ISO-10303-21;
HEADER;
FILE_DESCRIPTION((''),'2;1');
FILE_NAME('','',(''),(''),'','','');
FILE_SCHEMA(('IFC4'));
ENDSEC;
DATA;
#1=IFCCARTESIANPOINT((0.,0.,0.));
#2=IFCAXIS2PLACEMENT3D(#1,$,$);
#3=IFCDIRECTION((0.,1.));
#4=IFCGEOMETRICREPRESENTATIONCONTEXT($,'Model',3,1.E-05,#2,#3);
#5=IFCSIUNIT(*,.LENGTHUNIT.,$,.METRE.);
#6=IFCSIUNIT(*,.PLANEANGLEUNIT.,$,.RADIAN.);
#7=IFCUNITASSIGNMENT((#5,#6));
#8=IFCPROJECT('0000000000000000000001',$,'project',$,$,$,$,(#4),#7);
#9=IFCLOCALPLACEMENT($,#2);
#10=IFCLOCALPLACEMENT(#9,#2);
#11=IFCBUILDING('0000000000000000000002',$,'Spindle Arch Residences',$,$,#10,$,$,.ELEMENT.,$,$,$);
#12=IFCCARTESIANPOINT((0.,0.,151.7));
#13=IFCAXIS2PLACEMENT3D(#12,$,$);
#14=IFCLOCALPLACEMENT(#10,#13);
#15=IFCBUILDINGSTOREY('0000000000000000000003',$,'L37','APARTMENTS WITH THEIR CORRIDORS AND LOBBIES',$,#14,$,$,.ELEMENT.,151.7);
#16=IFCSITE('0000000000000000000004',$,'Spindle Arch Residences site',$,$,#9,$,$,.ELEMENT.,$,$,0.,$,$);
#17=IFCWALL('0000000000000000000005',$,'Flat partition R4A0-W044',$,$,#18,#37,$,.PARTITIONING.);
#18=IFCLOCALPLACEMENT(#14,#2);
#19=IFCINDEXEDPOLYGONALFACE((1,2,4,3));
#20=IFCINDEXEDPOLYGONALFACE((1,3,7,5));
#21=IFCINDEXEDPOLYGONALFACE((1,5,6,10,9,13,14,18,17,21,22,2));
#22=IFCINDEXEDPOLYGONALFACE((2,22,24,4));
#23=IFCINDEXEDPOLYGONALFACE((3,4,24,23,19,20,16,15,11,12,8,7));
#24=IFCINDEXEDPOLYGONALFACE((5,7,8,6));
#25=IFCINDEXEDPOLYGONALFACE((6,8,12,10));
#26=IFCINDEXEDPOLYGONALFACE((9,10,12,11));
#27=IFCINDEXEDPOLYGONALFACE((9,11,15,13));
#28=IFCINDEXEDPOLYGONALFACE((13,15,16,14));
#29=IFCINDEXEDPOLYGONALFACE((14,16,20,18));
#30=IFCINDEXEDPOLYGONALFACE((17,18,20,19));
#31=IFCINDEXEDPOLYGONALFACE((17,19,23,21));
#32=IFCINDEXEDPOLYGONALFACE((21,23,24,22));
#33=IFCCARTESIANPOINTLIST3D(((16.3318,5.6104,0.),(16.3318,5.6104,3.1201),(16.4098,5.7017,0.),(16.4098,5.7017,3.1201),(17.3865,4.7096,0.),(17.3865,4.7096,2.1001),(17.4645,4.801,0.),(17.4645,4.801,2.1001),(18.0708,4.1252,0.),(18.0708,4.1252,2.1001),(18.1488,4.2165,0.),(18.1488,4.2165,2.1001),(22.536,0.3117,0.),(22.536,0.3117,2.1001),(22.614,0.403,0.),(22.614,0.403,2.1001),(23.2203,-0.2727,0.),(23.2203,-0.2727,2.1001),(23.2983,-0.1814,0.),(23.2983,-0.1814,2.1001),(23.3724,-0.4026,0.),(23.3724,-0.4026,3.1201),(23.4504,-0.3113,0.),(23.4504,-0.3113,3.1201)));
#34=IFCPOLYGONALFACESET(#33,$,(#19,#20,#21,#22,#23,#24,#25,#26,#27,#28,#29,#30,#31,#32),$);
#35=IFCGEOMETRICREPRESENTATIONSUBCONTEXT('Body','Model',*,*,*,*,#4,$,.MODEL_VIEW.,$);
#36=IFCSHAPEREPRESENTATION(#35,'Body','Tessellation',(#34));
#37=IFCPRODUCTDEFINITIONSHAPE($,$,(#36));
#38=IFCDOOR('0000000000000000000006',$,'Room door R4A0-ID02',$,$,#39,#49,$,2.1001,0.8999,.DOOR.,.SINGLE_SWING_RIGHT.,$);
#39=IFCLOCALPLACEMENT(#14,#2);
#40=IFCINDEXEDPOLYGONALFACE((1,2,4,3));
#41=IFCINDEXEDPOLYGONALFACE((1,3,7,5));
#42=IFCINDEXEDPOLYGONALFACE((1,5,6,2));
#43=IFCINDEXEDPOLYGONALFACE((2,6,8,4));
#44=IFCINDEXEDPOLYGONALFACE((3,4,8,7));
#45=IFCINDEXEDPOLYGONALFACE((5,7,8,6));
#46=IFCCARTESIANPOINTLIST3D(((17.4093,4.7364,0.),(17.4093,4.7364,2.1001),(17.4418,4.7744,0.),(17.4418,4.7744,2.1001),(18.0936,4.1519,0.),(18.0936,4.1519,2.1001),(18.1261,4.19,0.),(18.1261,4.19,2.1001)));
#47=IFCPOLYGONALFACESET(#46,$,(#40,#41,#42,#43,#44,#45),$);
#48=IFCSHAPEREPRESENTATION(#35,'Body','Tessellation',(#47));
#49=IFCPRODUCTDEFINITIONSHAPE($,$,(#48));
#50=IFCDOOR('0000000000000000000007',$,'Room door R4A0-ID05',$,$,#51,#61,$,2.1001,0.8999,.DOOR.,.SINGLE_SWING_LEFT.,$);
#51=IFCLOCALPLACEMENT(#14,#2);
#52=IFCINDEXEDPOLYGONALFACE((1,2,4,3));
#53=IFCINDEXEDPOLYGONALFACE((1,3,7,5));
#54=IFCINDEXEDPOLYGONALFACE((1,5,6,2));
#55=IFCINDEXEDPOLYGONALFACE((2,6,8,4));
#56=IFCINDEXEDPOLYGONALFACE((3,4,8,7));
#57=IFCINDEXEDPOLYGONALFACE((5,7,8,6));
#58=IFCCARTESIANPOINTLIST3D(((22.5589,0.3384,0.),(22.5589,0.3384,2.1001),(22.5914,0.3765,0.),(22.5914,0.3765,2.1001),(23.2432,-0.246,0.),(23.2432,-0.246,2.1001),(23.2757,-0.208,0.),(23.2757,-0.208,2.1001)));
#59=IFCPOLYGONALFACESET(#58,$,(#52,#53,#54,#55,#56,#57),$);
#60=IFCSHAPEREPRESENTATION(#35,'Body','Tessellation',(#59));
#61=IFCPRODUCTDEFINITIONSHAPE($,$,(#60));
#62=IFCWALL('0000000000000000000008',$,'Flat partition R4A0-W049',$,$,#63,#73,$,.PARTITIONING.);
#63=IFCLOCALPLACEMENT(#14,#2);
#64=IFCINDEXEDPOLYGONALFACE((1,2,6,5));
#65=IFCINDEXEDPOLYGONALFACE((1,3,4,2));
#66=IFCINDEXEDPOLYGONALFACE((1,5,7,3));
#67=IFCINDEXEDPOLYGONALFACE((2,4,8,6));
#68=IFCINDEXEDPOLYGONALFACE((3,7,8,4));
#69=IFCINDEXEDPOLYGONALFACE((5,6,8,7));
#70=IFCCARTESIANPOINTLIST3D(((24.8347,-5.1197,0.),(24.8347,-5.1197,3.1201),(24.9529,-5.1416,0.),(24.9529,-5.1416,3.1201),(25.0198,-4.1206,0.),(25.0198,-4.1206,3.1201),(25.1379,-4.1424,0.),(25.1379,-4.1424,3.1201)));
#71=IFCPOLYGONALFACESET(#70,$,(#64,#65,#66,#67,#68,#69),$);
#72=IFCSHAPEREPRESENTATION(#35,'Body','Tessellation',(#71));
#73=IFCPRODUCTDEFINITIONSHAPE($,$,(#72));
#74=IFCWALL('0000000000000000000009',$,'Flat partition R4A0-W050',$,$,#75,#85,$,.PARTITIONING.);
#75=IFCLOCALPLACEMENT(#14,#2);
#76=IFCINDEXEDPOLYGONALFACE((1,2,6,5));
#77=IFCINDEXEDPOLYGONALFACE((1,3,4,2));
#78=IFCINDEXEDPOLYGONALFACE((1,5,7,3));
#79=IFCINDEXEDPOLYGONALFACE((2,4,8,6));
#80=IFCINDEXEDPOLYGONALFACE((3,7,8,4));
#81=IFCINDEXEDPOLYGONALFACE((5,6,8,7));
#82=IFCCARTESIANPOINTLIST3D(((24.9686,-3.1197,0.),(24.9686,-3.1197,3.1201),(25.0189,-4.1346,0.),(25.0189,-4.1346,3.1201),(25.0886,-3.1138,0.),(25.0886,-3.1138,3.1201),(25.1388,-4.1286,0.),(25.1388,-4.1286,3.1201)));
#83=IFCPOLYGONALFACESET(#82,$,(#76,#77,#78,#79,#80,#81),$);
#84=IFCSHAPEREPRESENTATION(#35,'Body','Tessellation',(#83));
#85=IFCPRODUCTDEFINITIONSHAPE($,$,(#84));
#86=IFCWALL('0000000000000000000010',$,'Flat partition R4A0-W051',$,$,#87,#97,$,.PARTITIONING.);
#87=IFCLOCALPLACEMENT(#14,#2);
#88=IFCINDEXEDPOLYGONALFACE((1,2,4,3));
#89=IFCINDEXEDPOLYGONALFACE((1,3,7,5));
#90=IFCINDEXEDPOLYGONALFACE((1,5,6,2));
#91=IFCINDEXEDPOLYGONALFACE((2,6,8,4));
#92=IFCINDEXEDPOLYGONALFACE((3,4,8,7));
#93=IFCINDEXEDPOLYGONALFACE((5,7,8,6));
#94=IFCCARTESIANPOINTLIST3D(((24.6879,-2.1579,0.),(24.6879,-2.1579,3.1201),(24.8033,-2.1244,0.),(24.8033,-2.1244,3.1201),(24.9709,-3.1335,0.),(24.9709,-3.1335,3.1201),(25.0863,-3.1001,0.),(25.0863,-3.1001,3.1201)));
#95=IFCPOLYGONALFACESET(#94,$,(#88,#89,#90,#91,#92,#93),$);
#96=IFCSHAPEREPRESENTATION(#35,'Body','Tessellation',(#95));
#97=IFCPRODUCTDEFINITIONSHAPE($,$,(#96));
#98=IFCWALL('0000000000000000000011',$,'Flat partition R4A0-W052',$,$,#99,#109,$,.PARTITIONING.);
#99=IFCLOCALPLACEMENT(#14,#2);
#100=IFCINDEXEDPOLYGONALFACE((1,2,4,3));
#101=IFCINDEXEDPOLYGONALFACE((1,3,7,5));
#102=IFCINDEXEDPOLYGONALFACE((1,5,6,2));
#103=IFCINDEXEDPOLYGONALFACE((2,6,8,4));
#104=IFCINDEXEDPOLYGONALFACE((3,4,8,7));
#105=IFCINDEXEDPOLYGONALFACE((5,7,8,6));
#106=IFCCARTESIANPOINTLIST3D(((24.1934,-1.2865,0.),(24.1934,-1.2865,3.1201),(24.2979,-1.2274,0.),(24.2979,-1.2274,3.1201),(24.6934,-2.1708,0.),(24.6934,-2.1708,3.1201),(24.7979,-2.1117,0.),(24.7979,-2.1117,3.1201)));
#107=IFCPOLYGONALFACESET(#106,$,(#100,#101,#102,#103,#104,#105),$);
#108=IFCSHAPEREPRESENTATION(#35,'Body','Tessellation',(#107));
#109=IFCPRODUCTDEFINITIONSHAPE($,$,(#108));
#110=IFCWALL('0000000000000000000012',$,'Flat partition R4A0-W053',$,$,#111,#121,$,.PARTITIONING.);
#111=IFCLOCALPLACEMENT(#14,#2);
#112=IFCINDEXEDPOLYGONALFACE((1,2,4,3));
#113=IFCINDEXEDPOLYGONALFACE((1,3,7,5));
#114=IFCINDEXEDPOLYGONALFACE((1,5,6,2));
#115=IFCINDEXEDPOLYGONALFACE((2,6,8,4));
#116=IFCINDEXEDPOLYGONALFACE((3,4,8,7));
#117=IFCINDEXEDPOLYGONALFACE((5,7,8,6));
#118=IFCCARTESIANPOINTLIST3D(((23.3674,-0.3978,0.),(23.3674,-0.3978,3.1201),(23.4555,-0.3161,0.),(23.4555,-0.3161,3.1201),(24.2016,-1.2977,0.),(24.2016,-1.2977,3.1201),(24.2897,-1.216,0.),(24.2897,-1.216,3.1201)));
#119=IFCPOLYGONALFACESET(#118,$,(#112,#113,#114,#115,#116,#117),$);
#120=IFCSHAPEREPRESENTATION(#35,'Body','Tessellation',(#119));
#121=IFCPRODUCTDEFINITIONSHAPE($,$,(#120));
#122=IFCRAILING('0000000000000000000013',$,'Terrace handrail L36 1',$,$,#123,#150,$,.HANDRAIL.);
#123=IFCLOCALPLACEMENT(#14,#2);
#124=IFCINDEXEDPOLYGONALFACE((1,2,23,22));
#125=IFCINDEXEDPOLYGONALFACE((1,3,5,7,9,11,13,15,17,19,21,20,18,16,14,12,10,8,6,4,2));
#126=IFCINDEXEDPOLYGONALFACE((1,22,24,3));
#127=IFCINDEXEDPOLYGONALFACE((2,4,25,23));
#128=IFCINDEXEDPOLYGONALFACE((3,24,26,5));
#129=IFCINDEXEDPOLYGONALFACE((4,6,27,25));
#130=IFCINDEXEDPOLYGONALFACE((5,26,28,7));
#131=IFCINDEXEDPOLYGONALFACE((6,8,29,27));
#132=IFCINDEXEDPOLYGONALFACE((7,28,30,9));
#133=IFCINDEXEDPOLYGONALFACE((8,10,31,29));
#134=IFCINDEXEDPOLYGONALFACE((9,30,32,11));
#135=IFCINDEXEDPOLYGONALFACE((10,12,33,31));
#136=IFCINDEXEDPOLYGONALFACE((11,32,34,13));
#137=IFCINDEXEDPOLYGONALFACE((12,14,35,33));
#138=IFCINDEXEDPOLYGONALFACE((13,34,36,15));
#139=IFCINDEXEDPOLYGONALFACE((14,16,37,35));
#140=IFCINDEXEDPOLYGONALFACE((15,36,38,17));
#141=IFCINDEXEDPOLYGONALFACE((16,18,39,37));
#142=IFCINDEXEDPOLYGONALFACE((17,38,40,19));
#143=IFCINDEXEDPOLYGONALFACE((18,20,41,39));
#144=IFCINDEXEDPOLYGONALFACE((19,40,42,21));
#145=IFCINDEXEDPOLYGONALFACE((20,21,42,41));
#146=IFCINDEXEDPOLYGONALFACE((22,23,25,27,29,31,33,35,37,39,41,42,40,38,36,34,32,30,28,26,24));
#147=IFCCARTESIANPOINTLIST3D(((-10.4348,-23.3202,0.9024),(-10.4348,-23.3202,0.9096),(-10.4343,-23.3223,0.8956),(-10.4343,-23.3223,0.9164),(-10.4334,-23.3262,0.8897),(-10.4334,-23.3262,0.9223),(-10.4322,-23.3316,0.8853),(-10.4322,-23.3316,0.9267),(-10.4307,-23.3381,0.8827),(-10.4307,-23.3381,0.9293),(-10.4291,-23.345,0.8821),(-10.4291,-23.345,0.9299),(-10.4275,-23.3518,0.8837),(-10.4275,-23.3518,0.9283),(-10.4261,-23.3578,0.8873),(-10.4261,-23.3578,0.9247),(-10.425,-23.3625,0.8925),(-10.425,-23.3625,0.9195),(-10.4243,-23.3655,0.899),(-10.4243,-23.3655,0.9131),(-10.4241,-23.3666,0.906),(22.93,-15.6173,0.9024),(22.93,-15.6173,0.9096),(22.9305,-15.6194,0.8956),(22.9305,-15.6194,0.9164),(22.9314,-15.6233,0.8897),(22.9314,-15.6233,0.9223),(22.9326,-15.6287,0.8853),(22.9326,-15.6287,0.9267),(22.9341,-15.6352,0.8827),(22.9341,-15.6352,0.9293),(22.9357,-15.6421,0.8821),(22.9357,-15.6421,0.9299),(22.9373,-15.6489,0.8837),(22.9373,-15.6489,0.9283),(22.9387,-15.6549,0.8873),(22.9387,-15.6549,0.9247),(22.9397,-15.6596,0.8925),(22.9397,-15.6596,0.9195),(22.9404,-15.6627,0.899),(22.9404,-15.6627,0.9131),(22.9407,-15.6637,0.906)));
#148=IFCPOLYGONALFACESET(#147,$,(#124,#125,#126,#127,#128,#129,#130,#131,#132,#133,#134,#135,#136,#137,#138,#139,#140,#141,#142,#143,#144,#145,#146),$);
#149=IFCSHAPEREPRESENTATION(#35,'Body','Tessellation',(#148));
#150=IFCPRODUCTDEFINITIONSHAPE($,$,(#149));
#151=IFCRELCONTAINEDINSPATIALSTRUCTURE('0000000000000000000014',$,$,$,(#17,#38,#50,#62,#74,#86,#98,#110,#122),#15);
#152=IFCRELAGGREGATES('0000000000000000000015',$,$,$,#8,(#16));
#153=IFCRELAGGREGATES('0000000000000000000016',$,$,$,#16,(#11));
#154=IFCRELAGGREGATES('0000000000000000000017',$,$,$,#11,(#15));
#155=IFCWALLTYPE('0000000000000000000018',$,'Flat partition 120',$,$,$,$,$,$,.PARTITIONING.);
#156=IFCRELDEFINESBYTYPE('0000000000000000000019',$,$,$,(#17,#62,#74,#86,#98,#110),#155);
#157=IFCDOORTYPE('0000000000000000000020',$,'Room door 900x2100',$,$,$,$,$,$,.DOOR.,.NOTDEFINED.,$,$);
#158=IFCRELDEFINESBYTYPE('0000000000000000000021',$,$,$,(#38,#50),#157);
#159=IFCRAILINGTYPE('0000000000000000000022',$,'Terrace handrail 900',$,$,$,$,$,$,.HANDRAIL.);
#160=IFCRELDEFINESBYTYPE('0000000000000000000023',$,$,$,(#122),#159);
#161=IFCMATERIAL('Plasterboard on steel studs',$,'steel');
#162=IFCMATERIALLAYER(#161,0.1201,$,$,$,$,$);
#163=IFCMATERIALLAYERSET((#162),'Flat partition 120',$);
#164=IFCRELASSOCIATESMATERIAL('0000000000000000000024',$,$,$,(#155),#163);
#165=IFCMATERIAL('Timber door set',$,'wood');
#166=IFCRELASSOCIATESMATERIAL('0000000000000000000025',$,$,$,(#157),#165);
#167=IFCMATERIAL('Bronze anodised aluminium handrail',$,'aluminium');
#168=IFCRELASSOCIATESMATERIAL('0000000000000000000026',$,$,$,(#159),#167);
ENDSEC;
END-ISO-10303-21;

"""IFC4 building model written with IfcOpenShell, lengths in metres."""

from ifc_helpers import new_model, si_unit, direction, frame, frame_2d, origin, origin_2d, place, context, subcontext, project, spatial, rectangle, circle, extrude, material, layer, layer_set, type_object, element, fill, save


model = new_model("IFC4")

# Units and contexts
model_context = context("Model", 3, precision=1e-05, world=origin(), true_north=direction((0.0, 1.0)))
body_context = subcontext(model_context, "Body", "Model", "MODEL_VIEW")
ifc_project = project(units=[si_unit("LENGTHUNIT", "METRE"), si_unit("PLANEANGLEUNIT", "RADIAN")], contexts=[model_context])

# Site, building, storey
site_placement = place(None, origin())
site = spatial("IfcSite", under=ifc_project, at=site_placement, Name="Spindle Arch Residences site", CompositionType="ELEMENT", RefElevation=0.0)
building_placement = place(site_placement, origin())
building = spatial("IfcBuilding", under=site, at=building_placement, Name="Spindle Arch Residences", CompositionType="ELEMENT")
storey_placement = place(building_placement, frame((0.0, 0.0, 151.7)))
storey = spatial("IfcBuildingStorey", under=building, at=storey_placement, Name="L37", Description="APARTMENTS WITH THEIR CORRIDORS AND LOBBIES", CompositionType="ELEMENT", Elevation=151.7)

# Wall, openings, doors
ifc_material_1 = material(Name="Plasterboard on steel studs", Category="steel")
ifc_layer_1 = layer(ifc_material_1, 0.1201)
ifc_layer_set_1 = layer_set([ifc_layer_1], Name="Flat partition 120")
wall_type = type_object("IfcWallType", Name="Flat partition 120", PredefinedType="PARTITIONING", material=ifc_layer_set_1)
wall_1_placement = place(storey_placement, frame((23.4114, -0.3569, 0.0), z_axis=(0.0, 0.0, 1.0), x_axis=(-0.760419, 0.649433, 0.0)))
wall_1 = element("IfcWall", 1, at=wall_1_placement, inside=storey, type_object=wall_type, Name="Flat partition R4A0-W044", PredefinedType="PARTITIONING", context=body_context, shape_type="SweptSolid", body=[
    extrude(rectangle(XDim=9.2588, YDim=0.1201, at=frame_2d((4.6294, 0.0))), origin(), (0.0, 0.0, 1.0), 3.1201),
])
opening_1_placement = place(wall_1_placement, frame((6.9719, 0.0, 0.0)))
opening_1 = element("IfcOpeningElement", 2, at=opening_1_placement, cuts=wall_1, PredefinedType="OPENING", context=body_context, shape_type="SweptSolid", body=[
    extrude(rectangle(XDim=0.8999, YDim=2.1001, at=frame_2d((0.45, 1.05))), frame((0.0, 0.0701, 0.0), z_axis=(0.0, -1.0, 0.0), x_axis=(1.0, 0.0, 0.0)), (0.0, 0.0, 1.0), 0.1401),
])
opening_2_placement = place(wall_1_placement, frame((0.2, 0.0, 0.0)))
opening_2 = element("IfcOpeningElement", 3, at=opening_2_placement, cuts=wall_1, PredefinedType="OPENING", context=body_context, shape_type="SweptSolid", body=[
    extrude(rectangle(XDim=0.8999, YDim=2.1001, at=frame_2d((0.45, 1.05))), frame((0.0, 0.0701, 0.0), z_axis=(0.0, -1.0, 0.0), x_axis=(1.0, 0.0, 0.0)), (0.0, 0.0, 1.0), 0.1401),
])
ifc_material_2 = material(Name="Timber door set", Category="wood")
door_type = type_object("IfcDoorType", Name="Room door 900x2100", OperationType="NOTDEFINED", PredefinedType="DOOR", material=ifc_material_2)
door_1_placement = place(opening_1_placement, origin())
door_1 = element("IfcDoor", 4, at=door_1_placement, inside=storey, type_object=door_type, Name="Room door R4A0-ID02", OperationType="SINGLE_SWING_RIGHT", OverallHeight=2.1001, OverallWidth=0.8999, PredefinedType="DOOR", context=body_context, shape_type="SweptSolid", body=[
    extrude(rectangle(XDim=0.8999, YDim=2.1001, at=frame_2d((0.45, 1.05))), frame((0.0, 0.0249, 0.0), z_axis=(0.0, -1.0, 0.0), x_axis=(1.0, 0.0, 0.0)), (0.0, 0.0, 1.0), 0.05),
])
fill(opening_1, door_1)
door_2_placement = place(opening_2_placement, origin())
door_2 = element("IfcDoor", 5, at=door_2_placement, inside=storey, type_object=door_type, Name="Room door R4A0-ID05", OperationType="SINGLE_SWING_LEFT", OverallHeight=2.1001, OverallWidth=0.8999, PredefinedType="DOOR", context=body_context, shape_type="SweptSolid", body=[
    extrude(rectangle(XDim=0.8999, YDim=2.1001, at=frame_2d((0.45, 1.05))), frame((0.0, 0.0249, 0.0), z_axis=(0.0, -1.0, 0.0), x_axis=(1.0, 0.0, 0.0)), (0.0, 0.0, 1.0), 0.05),
])
fill(opening_2, door_2)

# Walls
for number, where, z_axis, x_axis, name in (
    (6, (24.8938, -5.1306, 0.0), (0.0, 0.0, 1.0), (0.182141, 0.983272, 0.0), "Flat partition R4A0-W049"),
    (7, (25.0789, -4.1316, 0.0), (0.0, 0.0, 1.0), (-0.049494, 0.998774, 0.0), "Flat partition R4A0-W050"),
):
    element("IfcWall", number, at=place(storey_placement, frame(where, z_axis=z_axis, x_axis=x_axis)), inside=storey, type_object=wall_type, Name=name, PredefinedType="PARTITIONING", context=body_context, shape_type="SweptSolid", body=[
        extrude(rectangle(XDim=1.0161, YDim=0.1201, at=frame_2d((0.5081, 0.0))), origin(), (0.0, 0.0, 1.0), 3.1201),
    ])
for number, where, z_axis, x_axis, name in (
    (8, (25.0286, -3.1167, 0.0), (0.0, 0.0, 1.0), (-0.27856, 0.960419, 0.0), "Flat partition R4A0-W051"),
    (9, (24.7456, -2.1411, 0.0), (0.0, 0.0, 1.0), (-0.4922, 0.870482, 0.0), "Flat partition R4A0-W052"),
):
    element("IfcWall", number, at=place(storey_placement, frame(where, z_axis=z_axis, x_axis=x_axis)), inside=storey, type_object=wall_type, Name=name, PredefinedType="PARTITIONING", context=body_context, shape_type="SweptSolid", body=[
        extrude(rectangle(XDim=1.0159, YDim=0.1201, at=frame_2d((0.5078, 0.0))), origin(), (0.0, 0.0, 1.0), 3.1201),
    ])
wall_2_placement = place(storey_placement, frame((24.2456, -1.2568, 0.0), z_axis=(0.0, 0.0, 1.0), x_axis=(-0.67984, 0.73336, 0.0)))
element("IfcWall", 10, at=wall_2_placement, inside=storey, type_object=wall_type, Name="Flat partition R4A0-W053", PredefinedType="PARTITIONING", context=body_context, shape_type="SweptSolid", body=[
    extrude(rectangle(XDim=1.2271, YDim=0.1201, at=frame_2d((0.6135, 0.0))), origin(), (0.0, 0.0, 1.0), 3.1201),
])

# Railing
ifc_material_3 = material(Name="Bronze anodised aluminium handrail", Category="aluminium")
railing_type_1 = type_object("IfcRailingType", Name="Terrace handrail 900", PredefinedType="HANDRAIL", material=ifc_material_3)
railing_1_placement = place(storey_placement, frame((22.9353, -15.6404, 0.03)))
element("IfcRailing", 11, at=railing_1_placement, inside=storey, type_object=railing_type_1, Name="Terrace handrail L36 1", PredefinedType="HANDRAIL", context=body_context, shape_type="SweptSolid", body=[
    extrude(circle(Radius=0.0239, at=origin_2d()), frame((0.0, 0.0, 0.876), z_axis=(-0.97437, -0.224952, 0.0), x_axis=(0.224952, -0.97437, 0.0)), (0.0, 0.0, 1.0), 34.2424),
])

save(model, "model.ifc")
